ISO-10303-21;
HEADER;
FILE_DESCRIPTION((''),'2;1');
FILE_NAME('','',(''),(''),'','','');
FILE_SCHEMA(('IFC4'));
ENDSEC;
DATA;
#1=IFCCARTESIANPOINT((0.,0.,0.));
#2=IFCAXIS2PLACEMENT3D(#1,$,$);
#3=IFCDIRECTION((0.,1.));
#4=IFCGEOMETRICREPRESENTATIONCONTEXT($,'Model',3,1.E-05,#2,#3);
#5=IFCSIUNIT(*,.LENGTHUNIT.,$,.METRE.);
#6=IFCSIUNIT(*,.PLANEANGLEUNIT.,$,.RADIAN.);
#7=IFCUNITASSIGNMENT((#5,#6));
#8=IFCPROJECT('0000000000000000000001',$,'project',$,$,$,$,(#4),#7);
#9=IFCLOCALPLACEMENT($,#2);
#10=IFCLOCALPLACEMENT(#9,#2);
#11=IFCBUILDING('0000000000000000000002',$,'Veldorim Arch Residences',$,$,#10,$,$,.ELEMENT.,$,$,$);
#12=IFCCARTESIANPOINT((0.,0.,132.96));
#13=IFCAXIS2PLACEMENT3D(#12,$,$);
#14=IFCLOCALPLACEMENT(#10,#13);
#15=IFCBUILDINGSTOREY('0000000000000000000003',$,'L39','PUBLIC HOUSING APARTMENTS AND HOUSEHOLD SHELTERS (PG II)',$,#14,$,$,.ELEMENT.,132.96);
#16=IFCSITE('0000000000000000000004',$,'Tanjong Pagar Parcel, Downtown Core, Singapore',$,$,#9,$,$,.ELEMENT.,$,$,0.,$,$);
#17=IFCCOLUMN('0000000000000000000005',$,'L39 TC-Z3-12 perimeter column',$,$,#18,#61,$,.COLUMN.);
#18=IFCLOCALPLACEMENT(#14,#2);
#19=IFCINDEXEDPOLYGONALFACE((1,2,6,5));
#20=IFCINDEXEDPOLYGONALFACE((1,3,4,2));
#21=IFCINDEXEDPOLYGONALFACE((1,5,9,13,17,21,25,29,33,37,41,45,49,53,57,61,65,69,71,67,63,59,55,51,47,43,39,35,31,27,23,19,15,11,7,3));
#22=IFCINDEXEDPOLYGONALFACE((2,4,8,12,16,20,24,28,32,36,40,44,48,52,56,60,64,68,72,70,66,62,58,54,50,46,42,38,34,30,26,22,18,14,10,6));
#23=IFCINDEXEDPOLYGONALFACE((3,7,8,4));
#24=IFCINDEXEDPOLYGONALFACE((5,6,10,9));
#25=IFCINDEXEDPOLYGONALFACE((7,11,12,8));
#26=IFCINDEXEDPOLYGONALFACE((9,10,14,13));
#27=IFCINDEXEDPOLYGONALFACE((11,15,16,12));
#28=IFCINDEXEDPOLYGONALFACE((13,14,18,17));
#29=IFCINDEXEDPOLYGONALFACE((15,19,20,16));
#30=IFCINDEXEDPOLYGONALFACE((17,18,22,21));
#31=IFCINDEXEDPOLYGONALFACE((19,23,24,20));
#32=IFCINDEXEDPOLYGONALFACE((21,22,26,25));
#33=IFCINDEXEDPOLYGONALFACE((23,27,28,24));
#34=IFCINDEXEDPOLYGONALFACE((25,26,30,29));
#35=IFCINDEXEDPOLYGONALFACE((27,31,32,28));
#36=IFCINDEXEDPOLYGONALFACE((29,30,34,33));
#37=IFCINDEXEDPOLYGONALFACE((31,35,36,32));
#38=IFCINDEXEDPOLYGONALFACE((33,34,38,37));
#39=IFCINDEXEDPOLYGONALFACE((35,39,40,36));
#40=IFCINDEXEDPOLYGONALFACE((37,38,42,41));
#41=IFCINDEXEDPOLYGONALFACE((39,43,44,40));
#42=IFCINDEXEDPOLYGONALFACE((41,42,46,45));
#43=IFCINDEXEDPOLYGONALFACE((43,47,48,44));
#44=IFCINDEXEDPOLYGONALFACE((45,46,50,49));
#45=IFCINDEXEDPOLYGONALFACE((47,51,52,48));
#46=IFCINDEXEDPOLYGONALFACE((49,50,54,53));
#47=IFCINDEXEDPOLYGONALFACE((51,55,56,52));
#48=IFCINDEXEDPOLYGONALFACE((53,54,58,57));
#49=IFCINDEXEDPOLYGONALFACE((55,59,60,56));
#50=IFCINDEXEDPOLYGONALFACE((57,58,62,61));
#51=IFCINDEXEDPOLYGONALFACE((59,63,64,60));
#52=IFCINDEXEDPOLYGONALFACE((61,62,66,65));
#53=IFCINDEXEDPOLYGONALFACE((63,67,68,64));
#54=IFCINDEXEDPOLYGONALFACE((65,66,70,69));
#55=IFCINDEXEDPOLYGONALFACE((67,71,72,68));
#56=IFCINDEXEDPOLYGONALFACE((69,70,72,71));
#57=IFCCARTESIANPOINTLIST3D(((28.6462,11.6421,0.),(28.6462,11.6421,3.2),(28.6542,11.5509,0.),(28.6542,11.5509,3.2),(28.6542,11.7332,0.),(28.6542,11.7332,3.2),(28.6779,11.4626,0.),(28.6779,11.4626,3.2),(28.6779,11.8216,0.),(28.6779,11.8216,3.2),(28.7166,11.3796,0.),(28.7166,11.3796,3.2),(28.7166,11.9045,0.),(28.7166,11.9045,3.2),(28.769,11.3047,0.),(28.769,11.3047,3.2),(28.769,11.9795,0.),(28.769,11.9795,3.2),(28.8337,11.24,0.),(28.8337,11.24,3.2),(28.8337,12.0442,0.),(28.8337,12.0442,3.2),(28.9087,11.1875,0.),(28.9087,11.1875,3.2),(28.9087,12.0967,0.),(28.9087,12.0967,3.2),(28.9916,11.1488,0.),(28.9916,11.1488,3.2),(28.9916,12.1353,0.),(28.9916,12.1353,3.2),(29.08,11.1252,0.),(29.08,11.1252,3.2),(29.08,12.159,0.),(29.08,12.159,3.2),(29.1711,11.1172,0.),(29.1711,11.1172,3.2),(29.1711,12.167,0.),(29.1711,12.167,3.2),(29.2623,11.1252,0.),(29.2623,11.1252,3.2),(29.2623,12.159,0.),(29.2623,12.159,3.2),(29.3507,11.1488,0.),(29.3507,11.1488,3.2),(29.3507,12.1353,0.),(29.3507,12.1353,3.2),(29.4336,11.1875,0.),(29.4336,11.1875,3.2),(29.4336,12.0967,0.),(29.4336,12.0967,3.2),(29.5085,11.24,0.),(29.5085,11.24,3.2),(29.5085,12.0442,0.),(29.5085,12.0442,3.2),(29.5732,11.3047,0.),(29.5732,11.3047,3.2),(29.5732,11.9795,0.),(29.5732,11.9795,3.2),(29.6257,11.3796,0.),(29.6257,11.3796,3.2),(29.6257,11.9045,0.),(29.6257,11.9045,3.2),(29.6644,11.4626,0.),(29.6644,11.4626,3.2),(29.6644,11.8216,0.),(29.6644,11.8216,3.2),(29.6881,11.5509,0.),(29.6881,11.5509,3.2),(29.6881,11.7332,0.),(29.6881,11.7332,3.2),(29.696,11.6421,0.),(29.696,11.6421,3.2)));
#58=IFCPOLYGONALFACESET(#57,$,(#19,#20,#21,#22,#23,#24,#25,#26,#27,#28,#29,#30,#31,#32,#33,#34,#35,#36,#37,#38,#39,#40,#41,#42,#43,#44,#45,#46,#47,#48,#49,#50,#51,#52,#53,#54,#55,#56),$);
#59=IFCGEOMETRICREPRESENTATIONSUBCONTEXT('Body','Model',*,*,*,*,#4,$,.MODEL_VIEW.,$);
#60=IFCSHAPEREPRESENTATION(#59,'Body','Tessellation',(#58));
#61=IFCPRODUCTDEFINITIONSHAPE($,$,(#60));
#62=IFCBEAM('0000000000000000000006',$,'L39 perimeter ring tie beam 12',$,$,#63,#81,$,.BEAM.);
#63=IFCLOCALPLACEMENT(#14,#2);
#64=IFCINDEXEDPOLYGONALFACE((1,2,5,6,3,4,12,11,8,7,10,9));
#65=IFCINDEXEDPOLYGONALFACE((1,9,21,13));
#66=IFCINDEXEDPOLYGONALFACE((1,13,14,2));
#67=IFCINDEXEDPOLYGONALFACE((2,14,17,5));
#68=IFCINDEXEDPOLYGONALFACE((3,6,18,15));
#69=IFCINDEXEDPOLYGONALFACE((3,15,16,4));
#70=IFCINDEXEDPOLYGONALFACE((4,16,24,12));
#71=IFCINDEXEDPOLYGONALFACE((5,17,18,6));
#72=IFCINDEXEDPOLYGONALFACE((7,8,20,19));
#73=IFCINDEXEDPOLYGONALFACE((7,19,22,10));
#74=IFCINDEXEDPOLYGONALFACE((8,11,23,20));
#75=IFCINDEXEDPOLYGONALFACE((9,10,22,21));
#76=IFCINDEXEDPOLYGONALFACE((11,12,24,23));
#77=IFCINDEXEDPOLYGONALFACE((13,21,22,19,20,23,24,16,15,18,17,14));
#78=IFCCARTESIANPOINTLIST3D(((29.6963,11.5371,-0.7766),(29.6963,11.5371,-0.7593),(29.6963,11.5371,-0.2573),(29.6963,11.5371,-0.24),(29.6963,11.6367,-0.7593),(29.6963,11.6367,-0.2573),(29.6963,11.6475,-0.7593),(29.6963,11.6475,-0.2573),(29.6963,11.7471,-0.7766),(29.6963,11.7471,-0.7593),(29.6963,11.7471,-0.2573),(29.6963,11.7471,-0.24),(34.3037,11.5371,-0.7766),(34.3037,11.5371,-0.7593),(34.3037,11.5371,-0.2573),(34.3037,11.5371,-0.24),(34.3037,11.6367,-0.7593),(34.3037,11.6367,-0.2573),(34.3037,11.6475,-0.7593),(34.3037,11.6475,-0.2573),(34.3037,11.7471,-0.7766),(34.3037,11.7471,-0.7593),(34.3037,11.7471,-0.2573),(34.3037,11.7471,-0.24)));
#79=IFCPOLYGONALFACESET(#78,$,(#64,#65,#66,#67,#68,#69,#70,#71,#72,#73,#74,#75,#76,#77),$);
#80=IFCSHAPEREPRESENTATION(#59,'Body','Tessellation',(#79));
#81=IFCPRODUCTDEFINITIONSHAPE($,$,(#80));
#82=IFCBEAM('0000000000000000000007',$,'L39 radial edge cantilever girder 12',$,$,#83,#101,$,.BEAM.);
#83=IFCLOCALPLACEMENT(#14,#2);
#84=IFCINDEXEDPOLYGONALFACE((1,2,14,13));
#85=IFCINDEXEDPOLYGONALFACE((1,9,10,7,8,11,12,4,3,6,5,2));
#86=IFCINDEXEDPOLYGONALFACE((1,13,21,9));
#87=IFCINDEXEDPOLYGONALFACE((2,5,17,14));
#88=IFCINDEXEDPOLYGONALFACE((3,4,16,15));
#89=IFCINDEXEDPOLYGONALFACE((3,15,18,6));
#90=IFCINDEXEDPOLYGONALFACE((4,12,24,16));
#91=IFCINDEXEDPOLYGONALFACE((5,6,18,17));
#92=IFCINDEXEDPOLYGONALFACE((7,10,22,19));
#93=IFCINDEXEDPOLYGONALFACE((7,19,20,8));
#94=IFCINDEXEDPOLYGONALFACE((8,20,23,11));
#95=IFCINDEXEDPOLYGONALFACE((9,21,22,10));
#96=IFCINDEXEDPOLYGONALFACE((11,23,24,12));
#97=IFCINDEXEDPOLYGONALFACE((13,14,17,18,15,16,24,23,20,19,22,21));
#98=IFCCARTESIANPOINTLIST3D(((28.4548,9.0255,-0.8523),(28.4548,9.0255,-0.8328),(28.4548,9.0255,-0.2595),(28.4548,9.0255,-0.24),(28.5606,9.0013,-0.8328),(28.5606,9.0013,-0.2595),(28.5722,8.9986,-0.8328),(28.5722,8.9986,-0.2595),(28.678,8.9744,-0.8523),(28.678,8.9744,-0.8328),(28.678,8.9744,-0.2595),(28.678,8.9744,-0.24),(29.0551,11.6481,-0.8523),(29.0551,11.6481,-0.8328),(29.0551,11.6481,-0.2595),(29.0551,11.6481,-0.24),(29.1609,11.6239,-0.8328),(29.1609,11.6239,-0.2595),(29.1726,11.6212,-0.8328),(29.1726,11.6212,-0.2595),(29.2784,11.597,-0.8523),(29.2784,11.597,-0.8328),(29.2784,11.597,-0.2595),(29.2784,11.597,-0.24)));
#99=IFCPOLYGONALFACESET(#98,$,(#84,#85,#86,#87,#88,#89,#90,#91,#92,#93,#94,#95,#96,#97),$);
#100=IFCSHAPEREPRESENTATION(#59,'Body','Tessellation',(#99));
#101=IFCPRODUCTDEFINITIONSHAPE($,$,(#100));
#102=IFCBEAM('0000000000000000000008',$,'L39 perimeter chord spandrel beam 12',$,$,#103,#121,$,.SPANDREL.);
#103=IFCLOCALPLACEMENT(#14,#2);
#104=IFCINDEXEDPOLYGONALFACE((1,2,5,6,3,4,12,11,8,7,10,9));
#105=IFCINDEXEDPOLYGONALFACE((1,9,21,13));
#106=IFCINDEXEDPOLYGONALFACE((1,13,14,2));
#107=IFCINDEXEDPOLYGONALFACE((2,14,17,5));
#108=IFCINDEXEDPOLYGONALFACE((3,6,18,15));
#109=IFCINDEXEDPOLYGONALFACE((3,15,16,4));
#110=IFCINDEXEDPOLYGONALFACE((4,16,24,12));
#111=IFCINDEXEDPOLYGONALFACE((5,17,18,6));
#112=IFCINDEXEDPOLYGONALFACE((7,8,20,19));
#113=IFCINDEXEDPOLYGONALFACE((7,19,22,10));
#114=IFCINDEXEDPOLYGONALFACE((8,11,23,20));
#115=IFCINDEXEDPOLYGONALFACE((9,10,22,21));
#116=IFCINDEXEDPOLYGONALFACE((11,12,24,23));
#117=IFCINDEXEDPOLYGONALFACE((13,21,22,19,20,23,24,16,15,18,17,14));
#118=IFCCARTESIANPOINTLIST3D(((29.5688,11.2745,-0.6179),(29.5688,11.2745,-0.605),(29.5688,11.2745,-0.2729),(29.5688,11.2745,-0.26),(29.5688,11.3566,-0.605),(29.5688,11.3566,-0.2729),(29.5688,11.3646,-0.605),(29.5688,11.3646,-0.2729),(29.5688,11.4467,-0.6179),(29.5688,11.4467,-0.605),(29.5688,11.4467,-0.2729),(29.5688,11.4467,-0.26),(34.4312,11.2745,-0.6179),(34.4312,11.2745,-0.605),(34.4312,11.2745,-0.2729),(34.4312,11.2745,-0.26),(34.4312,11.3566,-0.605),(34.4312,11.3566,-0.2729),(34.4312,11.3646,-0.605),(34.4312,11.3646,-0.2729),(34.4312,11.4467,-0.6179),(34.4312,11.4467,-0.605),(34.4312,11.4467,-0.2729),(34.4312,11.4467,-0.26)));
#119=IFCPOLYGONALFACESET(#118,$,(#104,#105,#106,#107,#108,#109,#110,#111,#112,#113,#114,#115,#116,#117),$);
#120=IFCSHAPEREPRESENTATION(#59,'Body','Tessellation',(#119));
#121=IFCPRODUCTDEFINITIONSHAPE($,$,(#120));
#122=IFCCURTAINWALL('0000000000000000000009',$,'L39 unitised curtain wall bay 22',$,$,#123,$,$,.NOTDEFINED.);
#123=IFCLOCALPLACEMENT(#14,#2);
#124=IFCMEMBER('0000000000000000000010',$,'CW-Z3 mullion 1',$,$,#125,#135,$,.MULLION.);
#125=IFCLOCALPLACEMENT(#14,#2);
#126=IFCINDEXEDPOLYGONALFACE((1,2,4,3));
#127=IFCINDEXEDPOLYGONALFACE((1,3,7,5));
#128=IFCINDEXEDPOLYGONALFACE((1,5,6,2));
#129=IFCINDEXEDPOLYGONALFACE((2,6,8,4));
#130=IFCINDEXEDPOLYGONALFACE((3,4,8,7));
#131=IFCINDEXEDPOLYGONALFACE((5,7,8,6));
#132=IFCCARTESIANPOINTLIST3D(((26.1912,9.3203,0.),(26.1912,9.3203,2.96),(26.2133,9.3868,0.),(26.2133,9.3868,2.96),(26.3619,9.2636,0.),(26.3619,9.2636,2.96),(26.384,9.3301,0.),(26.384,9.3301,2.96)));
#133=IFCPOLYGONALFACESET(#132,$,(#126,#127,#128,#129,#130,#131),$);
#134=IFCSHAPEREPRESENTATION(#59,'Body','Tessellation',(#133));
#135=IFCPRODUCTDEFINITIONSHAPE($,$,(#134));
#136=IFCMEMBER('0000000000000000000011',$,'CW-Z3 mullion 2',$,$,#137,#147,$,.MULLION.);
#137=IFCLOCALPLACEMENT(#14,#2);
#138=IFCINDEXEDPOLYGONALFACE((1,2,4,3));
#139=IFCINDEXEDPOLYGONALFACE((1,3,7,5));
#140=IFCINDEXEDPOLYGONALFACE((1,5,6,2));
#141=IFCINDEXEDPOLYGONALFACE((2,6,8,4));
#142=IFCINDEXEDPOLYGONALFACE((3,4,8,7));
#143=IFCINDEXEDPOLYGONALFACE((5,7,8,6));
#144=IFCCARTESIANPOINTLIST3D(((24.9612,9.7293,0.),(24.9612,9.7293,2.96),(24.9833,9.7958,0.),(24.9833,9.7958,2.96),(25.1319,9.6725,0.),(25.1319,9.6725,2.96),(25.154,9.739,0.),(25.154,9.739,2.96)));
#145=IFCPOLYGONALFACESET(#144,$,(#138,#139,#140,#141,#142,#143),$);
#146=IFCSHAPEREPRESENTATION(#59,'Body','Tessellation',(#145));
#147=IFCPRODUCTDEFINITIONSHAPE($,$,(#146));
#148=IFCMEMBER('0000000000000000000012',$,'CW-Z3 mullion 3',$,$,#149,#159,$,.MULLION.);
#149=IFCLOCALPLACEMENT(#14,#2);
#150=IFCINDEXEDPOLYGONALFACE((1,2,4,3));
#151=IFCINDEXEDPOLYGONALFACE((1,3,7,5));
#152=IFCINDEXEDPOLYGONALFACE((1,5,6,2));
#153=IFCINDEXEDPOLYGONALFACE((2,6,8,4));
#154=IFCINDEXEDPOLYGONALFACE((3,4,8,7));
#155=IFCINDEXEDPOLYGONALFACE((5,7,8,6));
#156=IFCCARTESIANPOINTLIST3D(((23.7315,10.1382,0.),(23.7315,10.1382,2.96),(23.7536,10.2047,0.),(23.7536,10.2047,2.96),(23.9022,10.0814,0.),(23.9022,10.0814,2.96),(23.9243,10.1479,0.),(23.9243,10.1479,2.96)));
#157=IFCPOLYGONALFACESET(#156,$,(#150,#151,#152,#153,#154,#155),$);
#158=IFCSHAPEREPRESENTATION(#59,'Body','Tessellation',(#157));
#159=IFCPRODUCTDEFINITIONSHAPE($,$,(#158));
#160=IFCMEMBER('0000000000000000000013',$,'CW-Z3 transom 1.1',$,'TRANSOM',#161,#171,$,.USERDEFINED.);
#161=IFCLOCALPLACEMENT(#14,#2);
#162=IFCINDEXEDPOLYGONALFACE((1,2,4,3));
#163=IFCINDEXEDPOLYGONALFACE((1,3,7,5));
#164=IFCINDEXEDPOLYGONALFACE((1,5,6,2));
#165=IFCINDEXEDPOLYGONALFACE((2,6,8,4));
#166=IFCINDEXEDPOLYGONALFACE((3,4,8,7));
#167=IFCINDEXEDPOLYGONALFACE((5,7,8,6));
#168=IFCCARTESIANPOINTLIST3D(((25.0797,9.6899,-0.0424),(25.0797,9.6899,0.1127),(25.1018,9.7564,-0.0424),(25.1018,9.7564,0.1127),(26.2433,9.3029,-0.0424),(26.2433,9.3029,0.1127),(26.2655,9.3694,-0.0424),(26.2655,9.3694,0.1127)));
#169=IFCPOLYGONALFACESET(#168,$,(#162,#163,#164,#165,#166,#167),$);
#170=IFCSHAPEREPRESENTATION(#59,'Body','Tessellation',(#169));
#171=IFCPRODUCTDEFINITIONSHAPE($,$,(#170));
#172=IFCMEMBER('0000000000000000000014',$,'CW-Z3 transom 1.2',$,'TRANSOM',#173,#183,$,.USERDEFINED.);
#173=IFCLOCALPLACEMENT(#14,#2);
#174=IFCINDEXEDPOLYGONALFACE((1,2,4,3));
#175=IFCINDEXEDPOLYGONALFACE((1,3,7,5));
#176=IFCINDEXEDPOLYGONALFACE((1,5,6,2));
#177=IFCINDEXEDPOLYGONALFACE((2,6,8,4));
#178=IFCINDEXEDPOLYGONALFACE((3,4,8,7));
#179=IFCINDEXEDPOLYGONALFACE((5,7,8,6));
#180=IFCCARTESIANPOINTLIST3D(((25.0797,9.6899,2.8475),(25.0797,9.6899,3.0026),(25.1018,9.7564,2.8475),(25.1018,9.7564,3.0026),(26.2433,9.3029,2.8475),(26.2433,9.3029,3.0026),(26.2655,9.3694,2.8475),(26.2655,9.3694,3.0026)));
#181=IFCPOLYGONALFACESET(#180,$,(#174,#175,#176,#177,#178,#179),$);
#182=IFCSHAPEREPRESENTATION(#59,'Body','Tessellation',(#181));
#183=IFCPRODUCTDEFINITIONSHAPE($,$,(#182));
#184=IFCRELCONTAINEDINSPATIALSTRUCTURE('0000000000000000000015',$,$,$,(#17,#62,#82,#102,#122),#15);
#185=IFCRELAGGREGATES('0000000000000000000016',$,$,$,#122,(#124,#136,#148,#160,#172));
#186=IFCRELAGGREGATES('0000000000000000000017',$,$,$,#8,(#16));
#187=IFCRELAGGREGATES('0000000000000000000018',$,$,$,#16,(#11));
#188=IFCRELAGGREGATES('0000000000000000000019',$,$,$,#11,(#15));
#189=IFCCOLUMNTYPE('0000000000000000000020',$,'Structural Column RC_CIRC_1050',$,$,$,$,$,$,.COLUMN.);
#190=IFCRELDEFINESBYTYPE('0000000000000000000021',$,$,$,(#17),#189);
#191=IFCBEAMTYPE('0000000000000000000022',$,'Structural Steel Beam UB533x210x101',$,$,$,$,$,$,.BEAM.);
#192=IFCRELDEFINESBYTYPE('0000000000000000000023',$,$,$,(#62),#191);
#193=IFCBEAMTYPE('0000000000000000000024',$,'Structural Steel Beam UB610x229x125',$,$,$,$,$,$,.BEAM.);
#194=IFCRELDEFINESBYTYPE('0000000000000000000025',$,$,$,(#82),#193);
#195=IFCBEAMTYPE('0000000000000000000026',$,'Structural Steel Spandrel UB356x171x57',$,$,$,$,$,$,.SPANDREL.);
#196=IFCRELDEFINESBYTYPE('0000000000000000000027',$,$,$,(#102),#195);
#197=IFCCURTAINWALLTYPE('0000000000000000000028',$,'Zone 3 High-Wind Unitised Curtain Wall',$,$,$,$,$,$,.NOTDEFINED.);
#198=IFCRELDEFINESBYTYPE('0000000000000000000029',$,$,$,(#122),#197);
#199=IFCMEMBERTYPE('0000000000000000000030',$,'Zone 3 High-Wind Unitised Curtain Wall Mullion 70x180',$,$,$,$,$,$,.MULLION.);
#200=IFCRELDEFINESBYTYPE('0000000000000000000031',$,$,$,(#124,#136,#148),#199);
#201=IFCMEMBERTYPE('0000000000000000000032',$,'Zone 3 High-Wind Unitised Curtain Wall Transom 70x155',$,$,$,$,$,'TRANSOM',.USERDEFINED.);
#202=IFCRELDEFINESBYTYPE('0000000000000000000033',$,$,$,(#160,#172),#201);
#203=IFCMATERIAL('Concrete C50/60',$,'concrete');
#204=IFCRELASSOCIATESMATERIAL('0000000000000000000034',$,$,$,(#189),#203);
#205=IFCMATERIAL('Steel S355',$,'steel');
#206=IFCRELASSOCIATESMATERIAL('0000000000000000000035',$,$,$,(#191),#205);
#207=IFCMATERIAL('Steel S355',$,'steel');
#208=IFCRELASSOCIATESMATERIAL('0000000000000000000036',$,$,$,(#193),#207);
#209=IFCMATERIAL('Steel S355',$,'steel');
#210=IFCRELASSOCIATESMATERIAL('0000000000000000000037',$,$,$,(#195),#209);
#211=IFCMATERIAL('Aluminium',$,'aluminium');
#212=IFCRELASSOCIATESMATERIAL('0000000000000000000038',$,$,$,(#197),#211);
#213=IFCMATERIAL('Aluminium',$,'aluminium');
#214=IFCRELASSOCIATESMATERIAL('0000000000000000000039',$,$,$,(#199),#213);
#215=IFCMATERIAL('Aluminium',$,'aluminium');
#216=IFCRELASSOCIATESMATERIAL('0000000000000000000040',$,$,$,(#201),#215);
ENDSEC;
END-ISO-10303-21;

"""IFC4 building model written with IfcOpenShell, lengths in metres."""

from ifc_helpers import new_model, si_unit, direction, frame, origin, origin_2d, place, context, subcontext, project, spatial, rectangle, circle, i_section, extrude, material, material_profile, profile_set, type_object, element, aggregate, save


model = new_model("IFC4")

# Units and contexts
model_context = context("Model", 3, precision=1e-05, world=origin(), true_north=direction((0.0, 1.0)))
body_context = subcontext(model_context, "Body", "Model", "MODEL_VIEW")
ifc_project = project(units=[si_unit("LENGTHUNIT", "METRE"), si_unit("PLANEANGLEUNIT", "RADIAN")], contexts=[model_context])

# Site, building, storey
site_placement = place(None, origin())
site = spatial("IfcSite", under=ifc_project, at=site_placement, Name="Tanjong Pagar Parcel, Downtown Core, Singapore", CompositionType="ELEMENT", RefElevation=0.0)
building_placement = place(site_placement, origin())
building = spatial("IfcBuilding", under=site, at=building_placement, Name="Veldorim Arch Residences", CompositionType="ELEMENT")
storey_placement = place(building_placement, frame((0.0, 0.0, 132.96)))
storey = spatial("IfcBuildingStorey", under=building, at=storey_placement, Name="L39", Description="PUBLIC HOUSING APARTMENTS AND HOUSEHOLD SHELTERS (PG II)", CompositionType="ELEMENT", Elevation=132.96)

# Column
ifc_material_1 = material(Name="Concrete C50/60", Category="concrete")
ifc_material_profile_1 = material_profile(ifc_material_1, circle(Radius=0.5249, at=origin_2d()), Name="RC_CIRC_1050")
ifc_profile_set_1 = profile_set([ifc_material_profile_1], Name="Concrete C50/60")
column_type = type_object("IfcColumnType", Name="Structural Column RC_CIRC_1050", PredefinedType="COLUMN", material=ifc_profile_set_1)
column_placement = place(storey_placement, frame((29.1711, 11.6421, 0.0), z_axis=(0.0, 0.0, 1.0), x_axis=(1.0, 0.0, 0.0)))
element("IfcColumn", 1, at=column_placement, inside=storey, type_object=column_type, Name="L39 TC-Z3-12 perimeter column", PredefinedType="COLUMN", context=body_context, shape_type="SweptSolid", body=[
    extrude(circle(Radius=0.5249, at=origin_2d()), origin(), (0.0, 0.0, 1.0), 3.2),
])

# Beams
ifc_material_2 = material(Name="Steel S355", Category="steel")
ifc_material_profile_2 = material_profile(ifc_material_2, i_section(OverallWidth=0.21, OverallDepth=0.5366, WebThickness=0.0107, FlangeThickness=0.0173, at=origin_2d()), Name="UB533x210x101")
ifc_profile_set_2 = profile_set([ifc_material_profile_2], Name="Steel S355")
beam_type_1 = type_object("IfcBeamType", Name="Structural Steel Beam UB533x210x101", PredefinedType="BEAM", material=ifc_profile_set_2)
beam_1_placement = place(storey_placement, frame((29.6963, 11.6421, -0.5083), z_axis=(1.0, 0.0, 0.0), x_axis=(0.0, 1.0, 0.0)))
element("IfcBeam", 2, at=beam_1_placement, inside=storey, type_object=beam_type_1, Name="L39 perimeter ring tie beam 12", PredefinedType="BEAM", context=body_context, shape_type="SweptSolid", body=[
    extrude(i_section(OverallWidth=0.21, OverallDepth=0.5366, WebThickness=0.0107, FlangeThickness=0.0173, at=origin_2d()), origin(), (0.0, 0.0, 1.0), 4.6074),
])
ifc_material_3 = material(Name="Steel S355", Category="steel")
ifc_material_profile_3 = material_profile(ifc_material_3, i_section(OverallWidth=0.229, OverallDepth=0.6123, WebThickness=0.012, FlangeThickness=0.0195, at=origin_2d()), Name="UB610x229x125")
ifc_profile_set_3 = profile_set([ifc_material_profile_3], Name="Steel S355")
beam_type_2 = type_object("IfcBeamType", Name="Structural Steel Beam UB610x229x125", PredefinedType="BEAM", material=ifc_profile_set_3)
beam_2_placement = place(storey_placement, frame((29.1667, 11.6226, -0.5461), z_axis=(-0.223143, -0.974786, 0.0), x_axis=(0.974786, -0.223143, 0.0)))
element("IfcBeam", 3, at=beam_2_placement, inside=storey, type_object=beam_type_2, Name="L39 radial edge cantilever girder 12", PredefinedType="BEAM", context=body_context, shape_type="SweptSolid", body=[
    extrude(i_section(OverallWidth=0.229, OverallDepth=0.6123, WebThickness=0.012, FlangeThickness=0.0195, at=origin_2d()), origin(), (0.0, 0.0, 1.0), 2.6904),
])
ifc_material_4 = material(Name="Steel S355", Category="steel")
ifc_material_profile_4 = material_profile(ifc_material_4, i_section(OverallWidth=0.1721, OverallDepth=0.3579, WebThickness=0.0081, FlangeThickness=0.0129, at=origin_2d()), Name="UB356x171x57")
ifc_profile_set_4 = profile_set([ifc_material_profile_4], Name="Steel S355")
beam_type_3 = type_object("IfcBeamType", Name="Structural Steel Spandrel UB356x171x57", PredefinedType="SPANDREL", material=ifc_profile_set_4)
beam_3_placement = place(storey_placement, frame((29.5688, 11.3606, -0.439), z_axis=(1.0, 0.0, 0.0), x_axis=(0.0, 1.0, 0.0)))
element("IfcBeam", 4, at=beam_3_placement, inside=storey, type_object=beam_type_3, Name="L39 perimeter chord spandrel beam 12", PredefinedType="SPANDREL", context=body_context, shape_type="SweptSolid", body=[
    extrude(i_section(OverallWidth=0.1721, OverallDepth=0.3579, WebThickness=0.0081, FlangeThickness=0.0129, at=origin_2d()), origin(), (0.0, 0.0, 1.0), 4.8623),
])

# Curtain wall, members
ifc_material_5 = material(Name="Aluminium", Category="aluminium")
curtain_wall_type = type_object("IfcCurtainWallType", Name="Zone 3 High-Wind Unitised Curtain Wall", PredefinedType="NOTDEFINED", material=ifc_material_5)
curtain_wall_placement = place(storey_placement, origin())
curtain_wall = element("IfcCurtainWall", 5, at=curtain_wall_placement, inside=storey, type_object=curtain_wall_type, Name="L39 unitised curtain wall bay 22", PredefinedType="NOTDEFINED")
ifc_material_6 = material(Name="Aluminium", Category="aluminium")
ifc_material_profile_5 = material_profile(ifc_material_6, rectangle(XDim=0.0701, YDim=0.1799, at=origin_2d()), Name="ALU_MUL_70x180")
ifc_profile_set_5 = profile_set([ifc_material_profile_5], Name="Aluminium")
member_type_1 = type_object("IfcMemberType", Name="Zone 3 High-Wind Unitised Curtain Wall Mullion 70x180", PredefinedType="MULLION", material=ifc_profile_set_5)
member_1_placement = place(storey_placement, frame((26.2876, 9.3252, 0.0), z_axis=(0.0, 0.0, 1.0), x_axis=(-0.315552, -0.948908, 0.0)))
member_1 = element("IfcMember", 6, at=member_1_placement, type_object=member_type_1, Name="CW-Z3 mullion 1", PredefinedType="MULLION", context=body_context, shape_type="SweptSolid", body=[
    extrude(rectangle(XDim=0.0701, YDim=0.1799, at=origin_2d()), origin(), (0.0, 0.0, 1.0), 2.96),
])
member_2_placement = place(storey_placement, frame((25.0576, 9.7341, 0.0), z_axis=(0.0, 0.0, 1.0), x_axis=(-0.315552, -0.948908, 0.0)))
member_2 = element("IfcMember", 7, at=member_2_placement, type_object=member_type_1, Name="CW-Z3 mullion 2", PredefinedType="MULLION", context=body_context, shape_type="SweptSolid", body=[
    extrude(rectangle(XDim=0.0701, YDim=0.1799, at=origin_2d()), origin(), (0.0, 0.0, 1.0), 2.96),
])
member_3_placement = place(storey_placement, frame((23.8279, 10.1431, 0.0), z_axis=(0.0, 0.0, 1.0), x_axis=(-0.315552, -0.948908, 0.0)))
member_3 = element("IfcMember", 8, at=member_3_placement, type_object=member_type_1, Name="CW-Z3 mullion 3", PredefinedType="MULLION", context=body_context, shape_type="SweptSolid", body=[
    extrude(rectangle(XDim=0.0701, YDim=0.1799, at=origin_2d()), origin(), (0.0, 0.0, 1.0), 2.96),
])
ifc_material_7 = material(Name="Aluminium", Category="aluminium")
ifc_material_profile_6 = material_profile(ifc_material_7, rectangle(XDim=0.0701, YDim=0.155, at=origin_2d()), Name="ALU_TRN_70x155")
ifc_profile_set_6 = profile_set([ifc_material_profile_6], Name="Aluminium")
member_type_2 = type_object("IfcMemberType", Name="Zone 3 High-Wind Unitised Curtain Wall Transom 70x155", ElementType="TRANSOM", PredefinedType="USERDEFINED", material=ifc_profile_set_6)
member_4_placement = place(storey_placement, frame((26.2544, 9.3362, 0.0352), z_axis=(-0.948902, 0.315571, 0.0), x_axis=(-0.315571, -0.948902, 0.0)))
member_4 = element("IfcMember", 9, at=member_4_placement, type_object=member_type_2, Name="CW-Z3 transom 1.1", ObjectType="TRANSOM", PredefinedType="USERDEFINED", context=body_context, shape_type="SweptSolid", body=[
    extrude(rectangle(XDim=0.0701, YDim=0.155, at=origin_2d()), origin(), (0.0, 0.0, 1.0), 1.2263),
])
member_5_placement = place(storey_placement, frame((26.2544, 9.3362, 2.925), z_axis=(-0.948902, 0.315571, 0.0), x_axis=(-0.315571, -0.948902, 0.0)))
member_5 = element("IfcMember", 10, at=member_5_placement, type_object=member_type_2, Name="CW-Z3 transom 1.2", ObjectType="TRANSOM", PredefinedType="USERDEFINED", context=body_context, shape_type="SweptSolid", body=[
    extrude(rectangle(XDim=0.0701, YDim=0.155, at=origin_2d()), origin(), (0.0, 0.0, 1.0), 1.2263),
])
aggregate(curtain_wall, [member_1, member_2, member_3, member_4, member_5])

save(model, "model.ifc")
